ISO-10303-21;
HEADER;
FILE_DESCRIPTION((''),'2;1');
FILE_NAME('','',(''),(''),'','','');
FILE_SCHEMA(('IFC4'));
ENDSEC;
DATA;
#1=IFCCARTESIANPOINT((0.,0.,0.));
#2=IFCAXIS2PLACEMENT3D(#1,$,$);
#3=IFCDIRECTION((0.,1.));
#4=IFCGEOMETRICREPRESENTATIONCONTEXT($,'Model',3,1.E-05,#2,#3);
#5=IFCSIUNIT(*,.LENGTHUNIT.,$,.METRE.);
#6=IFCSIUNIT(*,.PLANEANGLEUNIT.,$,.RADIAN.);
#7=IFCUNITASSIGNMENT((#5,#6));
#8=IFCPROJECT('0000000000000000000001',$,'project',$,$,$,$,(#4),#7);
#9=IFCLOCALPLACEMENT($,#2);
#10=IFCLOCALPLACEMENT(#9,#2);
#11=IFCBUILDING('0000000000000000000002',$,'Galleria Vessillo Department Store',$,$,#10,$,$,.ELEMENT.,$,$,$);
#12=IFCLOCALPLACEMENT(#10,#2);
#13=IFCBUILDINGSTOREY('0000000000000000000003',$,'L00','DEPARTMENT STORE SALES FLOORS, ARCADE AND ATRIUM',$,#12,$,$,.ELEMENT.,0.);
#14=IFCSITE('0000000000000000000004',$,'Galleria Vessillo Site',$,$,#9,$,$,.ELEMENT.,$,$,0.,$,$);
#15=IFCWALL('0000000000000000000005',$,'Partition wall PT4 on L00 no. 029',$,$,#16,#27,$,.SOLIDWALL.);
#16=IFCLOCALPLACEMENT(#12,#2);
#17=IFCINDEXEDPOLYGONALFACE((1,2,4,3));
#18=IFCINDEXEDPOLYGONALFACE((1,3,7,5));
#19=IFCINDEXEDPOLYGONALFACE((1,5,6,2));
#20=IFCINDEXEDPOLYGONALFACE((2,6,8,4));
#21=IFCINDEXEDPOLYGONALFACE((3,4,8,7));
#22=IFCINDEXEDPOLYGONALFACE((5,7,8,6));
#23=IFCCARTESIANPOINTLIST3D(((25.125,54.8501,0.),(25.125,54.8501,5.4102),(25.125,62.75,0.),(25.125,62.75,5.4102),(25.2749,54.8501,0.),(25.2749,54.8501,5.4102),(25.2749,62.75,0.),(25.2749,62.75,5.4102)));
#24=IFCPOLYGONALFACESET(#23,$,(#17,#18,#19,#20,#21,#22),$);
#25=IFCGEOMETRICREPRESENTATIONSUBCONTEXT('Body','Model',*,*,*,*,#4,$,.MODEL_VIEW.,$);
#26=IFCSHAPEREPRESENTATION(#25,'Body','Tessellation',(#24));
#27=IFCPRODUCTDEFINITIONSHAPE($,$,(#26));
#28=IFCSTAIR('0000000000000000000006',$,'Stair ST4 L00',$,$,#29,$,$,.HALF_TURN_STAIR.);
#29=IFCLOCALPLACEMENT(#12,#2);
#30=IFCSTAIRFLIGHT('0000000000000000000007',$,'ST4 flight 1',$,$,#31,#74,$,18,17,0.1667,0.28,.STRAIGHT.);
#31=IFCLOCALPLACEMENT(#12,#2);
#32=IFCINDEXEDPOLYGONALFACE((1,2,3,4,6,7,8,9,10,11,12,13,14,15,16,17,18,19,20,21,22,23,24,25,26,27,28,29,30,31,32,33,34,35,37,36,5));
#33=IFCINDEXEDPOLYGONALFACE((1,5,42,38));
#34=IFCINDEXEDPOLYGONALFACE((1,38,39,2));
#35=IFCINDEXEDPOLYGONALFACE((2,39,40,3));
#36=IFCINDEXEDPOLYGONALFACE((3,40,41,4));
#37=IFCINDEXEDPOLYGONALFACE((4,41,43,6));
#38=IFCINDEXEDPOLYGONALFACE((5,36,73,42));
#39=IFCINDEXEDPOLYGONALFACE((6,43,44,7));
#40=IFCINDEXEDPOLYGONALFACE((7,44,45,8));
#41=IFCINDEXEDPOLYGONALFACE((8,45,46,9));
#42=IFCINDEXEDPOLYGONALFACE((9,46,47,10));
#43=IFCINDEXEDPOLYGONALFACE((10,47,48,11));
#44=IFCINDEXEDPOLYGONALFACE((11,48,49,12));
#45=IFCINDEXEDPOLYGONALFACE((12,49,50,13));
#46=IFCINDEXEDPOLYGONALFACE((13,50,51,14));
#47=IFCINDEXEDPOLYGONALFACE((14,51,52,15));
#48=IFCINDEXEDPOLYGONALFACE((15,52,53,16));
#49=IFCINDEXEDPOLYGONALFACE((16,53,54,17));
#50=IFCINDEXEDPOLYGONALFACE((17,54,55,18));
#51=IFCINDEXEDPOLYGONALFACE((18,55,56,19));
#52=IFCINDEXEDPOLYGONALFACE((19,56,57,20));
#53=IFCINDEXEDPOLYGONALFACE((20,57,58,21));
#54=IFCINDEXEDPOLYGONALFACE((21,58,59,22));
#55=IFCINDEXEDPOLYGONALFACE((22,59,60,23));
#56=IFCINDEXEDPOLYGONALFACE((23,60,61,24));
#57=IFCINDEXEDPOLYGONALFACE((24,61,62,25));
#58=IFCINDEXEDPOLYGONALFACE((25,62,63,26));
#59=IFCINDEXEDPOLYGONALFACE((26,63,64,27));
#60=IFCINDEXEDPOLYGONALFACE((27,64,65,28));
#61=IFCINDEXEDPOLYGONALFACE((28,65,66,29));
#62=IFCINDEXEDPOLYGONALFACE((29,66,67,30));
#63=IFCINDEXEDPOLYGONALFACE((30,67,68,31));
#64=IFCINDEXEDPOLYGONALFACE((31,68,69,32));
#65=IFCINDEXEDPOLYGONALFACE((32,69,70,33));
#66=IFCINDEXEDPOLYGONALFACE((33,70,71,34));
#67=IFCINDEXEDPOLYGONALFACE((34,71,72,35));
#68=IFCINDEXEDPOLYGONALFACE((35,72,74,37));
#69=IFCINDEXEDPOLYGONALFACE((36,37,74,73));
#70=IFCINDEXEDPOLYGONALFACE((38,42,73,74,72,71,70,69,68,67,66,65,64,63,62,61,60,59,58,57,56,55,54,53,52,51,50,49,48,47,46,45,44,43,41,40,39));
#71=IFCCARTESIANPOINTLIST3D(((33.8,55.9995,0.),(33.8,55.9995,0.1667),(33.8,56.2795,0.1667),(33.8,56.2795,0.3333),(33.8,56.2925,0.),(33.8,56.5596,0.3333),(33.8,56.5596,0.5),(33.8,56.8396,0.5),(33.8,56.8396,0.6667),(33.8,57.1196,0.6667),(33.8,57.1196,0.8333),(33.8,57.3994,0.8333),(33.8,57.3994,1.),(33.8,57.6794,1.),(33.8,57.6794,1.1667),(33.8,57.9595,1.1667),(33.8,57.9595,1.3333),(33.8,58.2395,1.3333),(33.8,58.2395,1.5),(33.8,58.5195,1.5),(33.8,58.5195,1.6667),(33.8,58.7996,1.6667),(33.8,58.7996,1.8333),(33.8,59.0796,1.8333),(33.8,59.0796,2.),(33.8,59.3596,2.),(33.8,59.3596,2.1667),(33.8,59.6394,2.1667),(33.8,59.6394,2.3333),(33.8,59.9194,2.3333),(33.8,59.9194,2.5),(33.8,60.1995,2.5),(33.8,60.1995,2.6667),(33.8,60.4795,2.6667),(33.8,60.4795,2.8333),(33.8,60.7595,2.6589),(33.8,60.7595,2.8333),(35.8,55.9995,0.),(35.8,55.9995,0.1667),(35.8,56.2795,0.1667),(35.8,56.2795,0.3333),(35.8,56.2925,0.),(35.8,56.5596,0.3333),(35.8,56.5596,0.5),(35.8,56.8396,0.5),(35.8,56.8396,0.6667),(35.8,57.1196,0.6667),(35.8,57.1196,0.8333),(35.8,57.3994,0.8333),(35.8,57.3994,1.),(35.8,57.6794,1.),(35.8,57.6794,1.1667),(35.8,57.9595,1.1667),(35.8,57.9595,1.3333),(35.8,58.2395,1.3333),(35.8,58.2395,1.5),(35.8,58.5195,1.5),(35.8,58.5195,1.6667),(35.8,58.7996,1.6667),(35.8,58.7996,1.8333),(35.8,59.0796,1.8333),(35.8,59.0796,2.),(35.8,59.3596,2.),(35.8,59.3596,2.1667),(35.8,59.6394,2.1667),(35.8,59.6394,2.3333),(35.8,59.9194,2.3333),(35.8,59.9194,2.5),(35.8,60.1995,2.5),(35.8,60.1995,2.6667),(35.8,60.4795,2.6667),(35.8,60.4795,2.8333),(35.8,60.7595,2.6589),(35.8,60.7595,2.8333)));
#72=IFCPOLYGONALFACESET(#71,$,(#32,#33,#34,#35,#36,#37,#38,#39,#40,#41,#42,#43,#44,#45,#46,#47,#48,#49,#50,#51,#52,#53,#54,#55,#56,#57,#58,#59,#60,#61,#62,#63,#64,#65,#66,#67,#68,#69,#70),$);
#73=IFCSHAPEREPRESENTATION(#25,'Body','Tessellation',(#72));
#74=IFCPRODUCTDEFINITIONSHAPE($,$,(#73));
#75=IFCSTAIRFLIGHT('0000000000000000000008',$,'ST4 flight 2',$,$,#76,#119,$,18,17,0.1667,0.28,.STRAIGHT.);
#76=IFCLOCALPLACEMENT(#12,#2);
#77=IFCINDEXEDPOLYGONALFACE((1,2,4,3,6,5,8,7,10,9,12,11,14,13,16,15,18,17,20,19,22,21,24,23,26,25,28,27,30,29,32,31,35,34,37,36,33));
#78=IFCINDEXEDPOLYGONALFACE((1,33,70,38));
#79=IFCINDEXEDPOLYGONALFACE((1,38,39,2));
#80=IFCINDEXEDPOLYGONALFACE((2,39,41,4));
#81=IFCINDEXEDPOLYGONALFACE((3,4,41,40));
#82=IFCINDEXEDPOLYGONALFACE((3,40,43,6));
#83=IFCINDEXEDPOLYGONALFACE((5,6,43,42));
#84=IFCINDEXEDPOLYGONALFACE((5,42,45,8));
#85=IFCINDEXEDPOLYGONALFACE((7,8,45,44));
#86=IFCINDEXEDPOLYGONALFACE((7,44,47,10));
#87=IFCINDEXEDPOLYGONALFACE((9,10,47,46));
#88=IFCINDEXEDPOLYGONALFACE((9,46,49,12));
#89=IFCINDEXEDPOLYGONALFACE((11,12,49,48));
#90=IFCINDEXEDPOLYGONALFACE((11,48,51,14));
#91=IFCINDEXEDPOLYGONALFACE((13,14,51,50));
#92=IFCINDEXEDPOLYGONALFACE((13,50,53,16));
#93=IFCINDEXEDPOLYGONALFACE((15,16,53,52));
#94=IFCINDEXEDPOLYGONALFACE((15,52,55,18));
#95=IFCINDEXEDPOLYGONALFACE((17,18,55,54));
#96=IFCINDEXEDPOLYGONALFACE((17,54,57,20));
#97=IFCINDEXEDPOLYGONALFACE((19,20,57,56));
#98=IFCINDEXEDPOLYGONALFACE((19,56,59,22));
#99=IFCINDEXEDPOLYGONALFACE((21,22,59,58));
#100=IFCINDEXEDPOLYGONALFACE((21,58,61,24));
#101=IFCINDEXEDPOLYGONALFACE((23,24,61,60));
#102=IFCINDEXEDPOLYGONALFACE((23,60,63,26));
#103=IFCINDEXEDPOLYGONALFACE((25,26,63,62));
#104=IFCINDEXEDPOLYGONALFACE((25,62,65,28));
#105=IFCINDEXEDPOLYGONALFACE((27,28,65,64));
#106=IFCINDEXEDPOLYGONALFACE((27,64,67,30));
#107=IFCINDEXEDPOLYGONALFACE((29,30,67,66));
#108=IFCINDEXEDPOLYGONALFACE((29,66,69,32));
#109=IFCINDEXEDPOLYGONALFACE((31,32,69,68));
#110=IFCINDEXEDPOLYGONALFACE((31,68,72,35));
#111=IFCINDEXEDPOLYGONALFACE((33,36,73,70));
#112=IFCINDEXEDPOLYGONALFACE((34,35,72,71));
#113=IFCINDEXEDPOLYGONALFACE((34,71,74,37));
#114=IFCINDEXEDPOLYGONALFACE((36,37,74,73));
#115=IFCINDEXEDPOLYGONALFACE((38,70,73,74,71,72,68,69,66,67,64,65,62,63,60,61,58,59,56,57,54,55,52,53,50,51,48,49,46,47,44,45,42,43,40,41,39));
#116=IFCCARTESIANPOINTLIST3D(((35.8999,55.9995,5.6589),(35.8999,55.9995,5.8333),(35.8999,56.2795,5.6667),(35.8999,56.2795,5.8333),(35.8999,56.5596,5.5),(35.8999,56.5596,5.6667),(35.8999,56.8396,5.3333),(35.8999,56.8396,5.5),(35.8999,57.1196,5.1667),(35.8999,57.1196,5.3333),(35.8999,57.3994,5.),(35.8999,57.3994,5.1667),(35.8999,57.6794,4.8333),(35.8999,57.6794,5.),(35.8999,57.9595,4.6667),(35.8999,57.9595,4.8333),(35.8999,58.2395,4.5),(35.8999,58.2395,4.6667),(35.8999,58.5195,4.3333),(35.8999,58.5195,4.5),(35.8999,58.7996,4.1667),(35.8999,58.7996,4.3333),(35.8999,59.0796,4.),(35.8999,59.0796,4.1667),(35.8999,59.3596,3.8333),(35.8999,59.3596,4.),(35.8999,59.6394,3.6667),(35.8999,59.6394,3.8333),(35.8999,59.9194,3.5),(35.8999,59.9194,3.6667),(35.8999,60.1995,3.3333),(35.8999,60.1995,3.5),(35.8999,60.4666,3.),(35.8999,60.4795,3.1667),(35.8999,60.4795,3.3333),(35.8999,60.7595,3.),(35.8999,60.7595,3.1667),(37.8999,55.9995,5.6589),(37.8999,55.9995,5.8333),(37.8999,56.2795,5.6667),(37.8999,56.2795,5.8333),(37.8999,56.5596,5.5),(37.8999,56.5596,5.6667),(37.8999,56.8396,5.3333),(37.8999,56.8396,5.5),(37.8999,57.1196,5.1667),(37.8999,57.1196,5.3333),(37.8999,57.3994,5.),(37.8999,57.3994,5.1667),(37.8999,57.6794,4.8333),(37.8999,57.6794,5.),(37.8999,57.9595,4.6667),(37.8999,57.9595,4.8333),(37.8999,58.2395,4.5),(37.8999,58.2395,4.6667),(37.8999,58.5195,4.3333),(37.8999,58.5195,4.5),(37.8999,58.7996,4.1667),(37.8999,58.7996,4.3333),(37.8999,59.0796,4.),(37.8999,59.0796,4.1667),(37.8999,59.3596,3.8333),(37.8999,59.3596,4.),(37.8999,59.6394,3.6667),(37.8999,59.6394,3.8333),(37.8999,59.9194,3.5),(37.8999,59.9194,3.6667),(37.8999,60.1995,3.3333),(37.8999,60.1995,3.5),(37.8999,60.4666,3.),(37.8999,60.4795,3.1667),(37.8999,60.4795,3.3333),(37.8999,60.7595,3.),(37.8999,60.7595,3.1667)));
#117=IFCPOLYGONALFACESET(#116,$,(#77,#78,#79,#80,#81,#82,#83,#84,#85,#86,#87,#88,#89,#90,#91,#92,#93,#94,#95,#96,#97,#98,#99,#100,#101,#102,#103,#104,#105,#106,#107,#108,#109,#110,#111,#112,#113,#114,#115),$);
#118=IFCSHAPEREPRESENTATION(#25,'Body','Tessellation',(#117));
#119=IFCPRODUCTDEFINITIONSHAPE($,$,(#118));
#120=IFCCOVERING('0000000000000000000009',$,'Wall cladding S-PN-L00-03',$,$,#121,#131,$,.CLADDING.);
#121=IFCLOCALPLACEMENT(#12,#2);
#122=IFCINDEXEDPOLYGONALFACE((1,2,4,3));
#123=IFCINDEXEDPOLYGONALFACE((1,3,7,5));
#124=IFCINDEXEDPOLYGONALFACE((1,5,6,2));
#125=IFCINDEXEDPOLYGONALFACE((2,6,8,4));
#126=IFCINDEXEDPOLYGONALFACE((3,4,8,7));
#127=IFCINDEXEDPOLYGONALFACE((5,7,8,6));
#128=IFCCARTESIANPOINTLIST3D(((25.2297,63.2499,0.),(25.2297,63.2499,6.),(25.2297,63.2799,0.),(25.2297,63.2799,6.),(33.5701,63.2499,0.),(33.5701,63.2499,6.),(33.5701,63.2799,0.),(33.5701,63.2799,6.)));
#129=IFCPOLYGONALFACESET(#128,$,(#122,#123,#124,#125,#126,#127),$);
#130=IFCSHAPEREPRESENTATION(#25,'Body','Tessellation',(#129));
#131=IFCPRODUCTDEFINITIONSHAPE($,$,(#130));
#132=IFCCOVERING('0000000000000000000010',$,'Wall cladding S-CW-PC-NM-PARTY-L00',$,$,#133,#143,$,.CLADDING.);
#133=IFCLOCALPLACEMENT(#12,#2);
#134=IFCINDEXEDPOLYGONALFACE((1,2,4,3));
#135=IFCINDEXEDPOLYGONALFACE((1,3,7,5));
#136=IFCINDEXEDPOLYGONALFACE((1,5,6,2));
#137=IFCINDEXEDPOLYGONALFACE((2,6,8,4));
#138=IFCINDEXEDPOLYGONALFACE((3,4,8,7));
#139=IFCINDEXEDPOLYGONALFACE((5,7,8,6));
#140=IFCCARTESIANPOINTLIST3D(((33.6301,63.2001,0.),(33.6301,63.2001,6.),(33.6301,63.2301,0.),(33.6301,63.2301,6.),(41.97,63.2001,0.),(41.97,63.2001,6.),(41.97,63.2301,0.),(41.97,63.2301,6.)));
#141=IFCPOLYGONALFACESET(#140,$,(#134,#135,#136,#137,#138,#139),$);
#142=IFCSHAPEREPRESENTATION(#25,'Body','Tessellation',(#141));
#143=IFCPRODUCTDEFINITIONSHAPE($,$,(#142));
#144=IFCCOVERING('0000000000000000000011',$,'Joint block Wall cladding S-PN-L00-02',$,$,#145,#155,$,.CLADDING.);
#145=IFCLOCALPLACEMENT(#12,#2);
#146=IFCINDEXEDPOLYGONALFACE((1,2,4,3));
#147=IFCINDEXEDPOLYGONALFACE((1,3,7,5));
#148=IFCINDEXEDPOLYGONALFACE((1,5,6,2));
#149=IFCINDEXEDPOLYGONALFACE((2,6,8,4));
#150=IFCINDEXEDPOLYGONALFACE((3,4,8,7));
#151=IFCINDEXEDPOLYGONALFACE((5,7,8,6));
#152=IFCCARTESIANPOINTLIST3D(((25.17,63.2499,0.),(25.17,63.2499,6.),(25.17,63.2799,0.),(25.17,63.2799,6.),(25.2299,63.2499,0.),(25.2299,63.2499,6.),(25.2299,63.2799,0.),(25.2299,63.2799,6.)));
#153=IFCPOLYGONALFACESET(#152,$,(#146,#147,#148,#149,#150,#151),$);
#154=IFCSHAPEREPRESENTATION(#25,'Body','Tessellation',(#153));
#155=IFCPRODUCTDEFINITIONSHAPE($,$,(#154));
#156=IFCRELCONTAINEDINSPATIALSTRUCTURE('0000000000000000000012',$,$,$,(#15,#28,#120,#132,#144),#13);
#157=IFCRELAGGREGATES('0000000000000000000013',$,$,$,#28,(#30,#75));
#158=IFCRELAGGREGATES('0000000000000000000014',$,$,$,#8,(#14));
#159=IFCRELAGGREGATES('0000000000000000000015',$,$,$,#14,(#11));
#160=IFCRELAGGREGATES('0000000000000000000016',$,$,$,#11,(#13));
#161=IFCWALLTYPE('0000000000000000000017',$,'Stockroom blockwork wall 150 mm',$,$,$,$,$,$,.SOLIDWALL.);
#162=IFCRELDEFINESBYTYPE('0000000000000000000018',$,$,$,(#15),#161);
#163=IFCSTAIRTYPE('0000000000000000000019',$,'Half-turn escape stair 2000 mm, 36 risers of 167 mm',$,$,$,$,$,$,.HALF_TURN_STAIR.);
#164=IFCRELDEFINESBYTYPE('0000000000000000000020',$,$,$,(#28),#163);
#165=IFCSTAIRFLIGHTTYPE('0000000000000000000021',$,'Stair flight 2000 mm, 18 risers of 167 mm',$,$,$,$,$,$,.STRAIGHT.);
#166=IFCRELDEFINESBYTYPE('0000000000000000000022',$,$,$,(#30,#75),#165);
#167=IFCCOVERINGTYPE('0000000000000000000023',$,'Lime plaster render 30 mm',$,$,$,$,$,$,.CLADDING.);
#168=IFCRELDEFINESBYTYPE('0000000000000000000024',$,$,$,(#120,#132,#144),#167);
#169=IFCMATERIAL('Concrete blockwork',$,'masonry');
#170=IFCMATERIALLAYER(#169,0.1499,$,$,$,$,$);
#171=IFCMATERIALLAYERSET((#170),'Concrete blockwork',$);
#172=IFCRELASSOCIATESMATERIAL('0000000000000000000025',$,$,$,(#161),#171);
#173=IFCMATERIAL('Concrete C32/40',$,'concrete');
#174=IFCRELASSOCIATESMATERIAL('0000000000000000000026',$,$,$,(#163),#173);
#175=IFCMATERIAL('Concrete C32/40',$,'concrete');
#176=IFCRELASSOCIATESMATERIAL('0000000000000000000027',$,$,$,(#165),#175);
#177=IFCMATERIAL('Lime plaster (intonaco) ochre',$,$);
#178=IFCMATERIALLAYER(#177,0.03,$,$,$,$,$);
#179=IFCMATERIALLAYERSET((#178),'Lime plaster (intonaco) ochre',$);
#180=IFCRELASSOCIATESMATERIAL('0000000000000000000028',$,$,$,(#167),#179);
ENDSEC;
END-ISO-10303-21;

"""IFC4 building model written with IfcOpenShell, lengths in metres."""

from ifc_helpers import new_model, si_unit, direction, frame, frame_2d, origin, origin_2d, place, context, subcontext, project, spatial, polyline, rectangle, outline, extrude, material, layer, layer_set, type_object, element, aggregate, save


model = new_model("IFC4")

# Units and contexts
model_context = context("Model", 3, precision=1e-05, world=origin(), true_north=direction((0.0, 1.0)))
body_context = subcontext(model_context, "Body", "Model", "MODEL_VIEW")
ifc_project = project(units=[si_unit("LENGTHUNIT", "METRE"), si_unit("PLANEANGLEUNIT", "RADIAN")], contexts=[model_context])

# Site, building, storey
site_placement = place(None, origin())
site = spatial("IfcSite", under=ifc_project, at=site_placement, Name="Galleria Vessillo Site", CompositionType="ELEMENT", RefElevation=0.0)
building_placement = place(site_placement, origin())
building = spatial("IfcBuilding", under=site, at=building_placement, Name="Galleria Vessillo Department Store", CompositionType="ELEMENT")
storey_placement = place(building_placement, origin())
storey = spatial("IfcBuildingStorey", under=building, at=storey_placement, Name="L00", Description="DEPARTMENT STORE SALES FLOORS, ARCADE AND ATRIUM", CompositionType="ELEMENT", Elevation=0.0)

# Wall
ifc_material_1 = material(Name="Concrete blockwork", Category="masonry")
ifc_layer_1 = layer(ifc_material_1, 0.1499)
ifc_layer_set_1 = layer_set([ifc_layer_1], Name="Concrete blockwork")
wall_type_1 = type_object("IfcWallType", Name="Stockroom blockwork wall 150 mm", PredefinedType="SOLIDWALL", material=ifc_layer_set_1)
wall_1_placement = place(storey_placement, frame((25.2, 54.8501, 0.0), z_axis=(0.0, 0.0, 1.0), x_axis=(0.0, 1.0, 0.0)))
element("IfcWall", 1, at=wall_1_placement, inside=storey, type_object=wall_type_1, Name="Partition wall PT4 on L00 no. 029", PredefinedType="SOLIDWALL", context=body_context, shape_type="SweptSolid", body=[
    extrude(rectangle(XDim=7.8999, YDim=0.1499, at=frame_2d((3.95, 0.0))), origin(), (0.0, 0.0, 1.0), 5.4102),
])

# Stair, stair flights
ifc_material_2 = material(Name="Concrete C32/40", Category="concrete")
stair_type = type_object("IfcStairType", Name="Half-turn escape stair 2000 mm, 36 risers of 167 mm", PredefinedType="HALF_TURN_STAIR", material=ifc_material_2)
stair_placement = place(storey_placement, origin())
stair = element("IfcStair", 2, at=stair_placement, inside=storey, type_object=stair_type, Name="Stair ST4 L00", PredefinedType="HALF_TURN_STAIR")
ifc_material_3 = material(Name="Concrete C32/40", Category="concrete")
stair_flight_type = type_object("IfcStairFlightType", Name="Stair flight 2000 mm, 18 risers of 167 mm", PredefinedType="STRAIGHT", material=ifc_material_3)
stair_flight_1_placement = place(storey_placement, frame((34.8, 55.9995, 0.0), z_axis=(0.0, 0.0, 1.0), x_axis=(0.0, 1.0, 0.0)))
stair_flight_1 = element("IfcStairFlight", 3, at=stair_flight_1_placement, type_object=stair_flight_type, Name="ST4 flight 1", NumberOfRisers=18, NumberOfTreads=17, PredefinedType="STRAIGHT", RiserHeight=0.1667, TreadLength=0.28, context=body_context, shape_type="SweptSolid", body=[
    extrude(outline(polyline([(0.0, 0.0), (0.0, 0.1667), (0.28, 0.1667), (0.28, 0.3333), (0.5601, 0.3333), (0.5601, 0.5), (0.8401, 0.5), (0.8401, 0.6667), (1.1201, 0.6667), (1.1201, 0.8333), (1.3999, 0.8333), (1.3999, 1.0), (1.6799, 1.0), (1.6799, 1.1667), (1.96, 1.1667), (1.96, 1.3333), (2.24, 1.3333), (2.24, 1.5), (2.52, 1.5), (2.52, 1.6667), (2.8, 1.6667), (2.8, 1.8333), (3.0801, 1.8333), (3.0801, 2.0), (3.3601, 2.0), (3.3601, 2.1667), (3.6399, 2.1667), (3.6399, 2.3333), (3.9199, 2.3333), (3.9199, 2.5), (4.2, 2.5), (4.2, 2.6667), (4.48, 2.6667), (4.48, 2.8333), (4.76, 2.8333), (4.76, 3.0), (4.76, 2.6589), (0.293, 0.0), (0.0, 0.0)])), frame((0.0, 1.0, 0.0), z_axis=(0.0, -1.0, 0.0), x_axis=(1.0, 0.0, 0.0)), (0.0, 0.0, 1.0), 2.0),
])
stair_flight_2_placement = place(storey_placement, frame((36.8999, 60.7595, 3.0), z_axis=(0.0, 0.0, 1.0), x_axis=(0.0, -1.0, 0.0)))
stair_flight_2 = element("IfcStairFlight", 4, at=stair_flight_2_placement, type_object=stair_flight_type, Name="ST4 flight 2", NumberOfRisers=18, NumberOfTreads=17, PredefinedType="STRAIGHT", RiserHeight=0.1667, TreadLength=0.28, context=body_context, shape_type="SweptSolid", body=[
    extrude(outline(polyline([(0.0, 0.0), (0.0, 0.1667), (0.28, 0.1667), (0.28, 0.3333), (0.5601, 0.3333), (0.5601, 0.5), (0.8401, 0.5), (0.8401, 0.6667), (1.1201, 0.6667), (1.1201, 0.8333), (1.3999, 0.8333), (1.3999, 1.0), (1.6799, 1.0), (1.6799, 1.1667), (1.96, 1.1667), (1.96, 1.3333), (2.24, 1.3333), (2.24, 1.5), (2.52, 1.5), (2.52, 1.6667), (2.8, 1.6667), (2.8, 1.8333), (3.0801, 1.8333), (3.0801, 2.0), (3.3601, 2.0), (3.3601, 2.1667), (3.6399, 2.1667), (3.6399, 2.3333), (3.9199, 2.3333), (3.9199, 2.5), (4.2, 2.5), (4.2, 2.6667), (4.48, 2.6667), (4.48, 2.8333), (4.76, 2.8333), (4.76, 3.0), (4.76, 2.6589), (0.293, 0.0), (0.0, 0.0)])), frame((0.0, 1.0, 0.0), z_axis=(0.0, -1.0, 0.0), x_axis=(1.0, 0.0, 0.0)), (0.0, 0.0, 1.0), 2.0),
])
aggregate(stair, [stair_flight_1, stair_flight_2])

# Coverings
ifc_material_4 = material(Name="Lime plaster (intonaco) ochre")
ifc_layer_2 = layer(ifc_material_4, 0.03)
ifc_layer_set_2 = layer_set([ifc_layer_2], Name="Lime plaster (intonaco) ochre")
covering_type = type_object("IfcCoveringType", Name="Lime plaster render 30 mm", PredefinedType="CLADDING", material=ifc_layer_set_2)
covering_1_placement = place(storey_placement, frame((29.3999, 63.2649, 0.0), z_axis=(0.0, 0.0, 1.0), x_axis=(1.0, 0.0, 0.0)))
element("IfcCovering", 5, at=covering_1_placement, inside=storey, type_object=covering_type, Name="Wall cladding S-PN-L00-03", PredefinedType="CLADDING", context=body_context, shape_type="SweptSolid", body=[
    extrude(rectangle(XDim=8.3403, YDim=0.03, at=origin_2d()), origin(), (0.0, 0.0, 1.0), 6.0),
])
covering_2_placement = place(storey_placement, frame((37.8, 63.2151, 0.0), z_axis=(0.0, 0.0, 1.0), x_axis=(1.0, 0.0, 0.0)))
element("IfcCovering", 6, at=covering_2_placement, inside=storey, type_object=covering_type, Name="Wall cladding S-CW-PC-NM-PARTY-L00", PredefinedType="CLADDING", context=body_context, shape_type="SweptSolid", body=[
    extrude(rectangle(XDim=8.3398, YDim=0.03, at=origin_2d()), origin(), (0.0, 0.0, 1.0), 6.0),
])
covering_3_placement = place(storey_placement, frame((25.2, 63.2649, 0.0), z_axis=(0.0, 0.0, 1.0), x_axis=(1.0, 0.0, 0.0)))
element("IfcCovering", 7, at=covering_3_placement, inside=storey, type_object=covering_type, Name="Joint block Wall cladding S-PN-L00-02", PredefinedType="CLADDING", context=body_context, shape_type="SweptSolid", body=[
    extrude(rectangle(XDim=0.0598, YDim=0.03, at=origin_2d()), origin(), (0.0, 0.0, 1.0), 6.0),
])

save(model, "model.ifc")
